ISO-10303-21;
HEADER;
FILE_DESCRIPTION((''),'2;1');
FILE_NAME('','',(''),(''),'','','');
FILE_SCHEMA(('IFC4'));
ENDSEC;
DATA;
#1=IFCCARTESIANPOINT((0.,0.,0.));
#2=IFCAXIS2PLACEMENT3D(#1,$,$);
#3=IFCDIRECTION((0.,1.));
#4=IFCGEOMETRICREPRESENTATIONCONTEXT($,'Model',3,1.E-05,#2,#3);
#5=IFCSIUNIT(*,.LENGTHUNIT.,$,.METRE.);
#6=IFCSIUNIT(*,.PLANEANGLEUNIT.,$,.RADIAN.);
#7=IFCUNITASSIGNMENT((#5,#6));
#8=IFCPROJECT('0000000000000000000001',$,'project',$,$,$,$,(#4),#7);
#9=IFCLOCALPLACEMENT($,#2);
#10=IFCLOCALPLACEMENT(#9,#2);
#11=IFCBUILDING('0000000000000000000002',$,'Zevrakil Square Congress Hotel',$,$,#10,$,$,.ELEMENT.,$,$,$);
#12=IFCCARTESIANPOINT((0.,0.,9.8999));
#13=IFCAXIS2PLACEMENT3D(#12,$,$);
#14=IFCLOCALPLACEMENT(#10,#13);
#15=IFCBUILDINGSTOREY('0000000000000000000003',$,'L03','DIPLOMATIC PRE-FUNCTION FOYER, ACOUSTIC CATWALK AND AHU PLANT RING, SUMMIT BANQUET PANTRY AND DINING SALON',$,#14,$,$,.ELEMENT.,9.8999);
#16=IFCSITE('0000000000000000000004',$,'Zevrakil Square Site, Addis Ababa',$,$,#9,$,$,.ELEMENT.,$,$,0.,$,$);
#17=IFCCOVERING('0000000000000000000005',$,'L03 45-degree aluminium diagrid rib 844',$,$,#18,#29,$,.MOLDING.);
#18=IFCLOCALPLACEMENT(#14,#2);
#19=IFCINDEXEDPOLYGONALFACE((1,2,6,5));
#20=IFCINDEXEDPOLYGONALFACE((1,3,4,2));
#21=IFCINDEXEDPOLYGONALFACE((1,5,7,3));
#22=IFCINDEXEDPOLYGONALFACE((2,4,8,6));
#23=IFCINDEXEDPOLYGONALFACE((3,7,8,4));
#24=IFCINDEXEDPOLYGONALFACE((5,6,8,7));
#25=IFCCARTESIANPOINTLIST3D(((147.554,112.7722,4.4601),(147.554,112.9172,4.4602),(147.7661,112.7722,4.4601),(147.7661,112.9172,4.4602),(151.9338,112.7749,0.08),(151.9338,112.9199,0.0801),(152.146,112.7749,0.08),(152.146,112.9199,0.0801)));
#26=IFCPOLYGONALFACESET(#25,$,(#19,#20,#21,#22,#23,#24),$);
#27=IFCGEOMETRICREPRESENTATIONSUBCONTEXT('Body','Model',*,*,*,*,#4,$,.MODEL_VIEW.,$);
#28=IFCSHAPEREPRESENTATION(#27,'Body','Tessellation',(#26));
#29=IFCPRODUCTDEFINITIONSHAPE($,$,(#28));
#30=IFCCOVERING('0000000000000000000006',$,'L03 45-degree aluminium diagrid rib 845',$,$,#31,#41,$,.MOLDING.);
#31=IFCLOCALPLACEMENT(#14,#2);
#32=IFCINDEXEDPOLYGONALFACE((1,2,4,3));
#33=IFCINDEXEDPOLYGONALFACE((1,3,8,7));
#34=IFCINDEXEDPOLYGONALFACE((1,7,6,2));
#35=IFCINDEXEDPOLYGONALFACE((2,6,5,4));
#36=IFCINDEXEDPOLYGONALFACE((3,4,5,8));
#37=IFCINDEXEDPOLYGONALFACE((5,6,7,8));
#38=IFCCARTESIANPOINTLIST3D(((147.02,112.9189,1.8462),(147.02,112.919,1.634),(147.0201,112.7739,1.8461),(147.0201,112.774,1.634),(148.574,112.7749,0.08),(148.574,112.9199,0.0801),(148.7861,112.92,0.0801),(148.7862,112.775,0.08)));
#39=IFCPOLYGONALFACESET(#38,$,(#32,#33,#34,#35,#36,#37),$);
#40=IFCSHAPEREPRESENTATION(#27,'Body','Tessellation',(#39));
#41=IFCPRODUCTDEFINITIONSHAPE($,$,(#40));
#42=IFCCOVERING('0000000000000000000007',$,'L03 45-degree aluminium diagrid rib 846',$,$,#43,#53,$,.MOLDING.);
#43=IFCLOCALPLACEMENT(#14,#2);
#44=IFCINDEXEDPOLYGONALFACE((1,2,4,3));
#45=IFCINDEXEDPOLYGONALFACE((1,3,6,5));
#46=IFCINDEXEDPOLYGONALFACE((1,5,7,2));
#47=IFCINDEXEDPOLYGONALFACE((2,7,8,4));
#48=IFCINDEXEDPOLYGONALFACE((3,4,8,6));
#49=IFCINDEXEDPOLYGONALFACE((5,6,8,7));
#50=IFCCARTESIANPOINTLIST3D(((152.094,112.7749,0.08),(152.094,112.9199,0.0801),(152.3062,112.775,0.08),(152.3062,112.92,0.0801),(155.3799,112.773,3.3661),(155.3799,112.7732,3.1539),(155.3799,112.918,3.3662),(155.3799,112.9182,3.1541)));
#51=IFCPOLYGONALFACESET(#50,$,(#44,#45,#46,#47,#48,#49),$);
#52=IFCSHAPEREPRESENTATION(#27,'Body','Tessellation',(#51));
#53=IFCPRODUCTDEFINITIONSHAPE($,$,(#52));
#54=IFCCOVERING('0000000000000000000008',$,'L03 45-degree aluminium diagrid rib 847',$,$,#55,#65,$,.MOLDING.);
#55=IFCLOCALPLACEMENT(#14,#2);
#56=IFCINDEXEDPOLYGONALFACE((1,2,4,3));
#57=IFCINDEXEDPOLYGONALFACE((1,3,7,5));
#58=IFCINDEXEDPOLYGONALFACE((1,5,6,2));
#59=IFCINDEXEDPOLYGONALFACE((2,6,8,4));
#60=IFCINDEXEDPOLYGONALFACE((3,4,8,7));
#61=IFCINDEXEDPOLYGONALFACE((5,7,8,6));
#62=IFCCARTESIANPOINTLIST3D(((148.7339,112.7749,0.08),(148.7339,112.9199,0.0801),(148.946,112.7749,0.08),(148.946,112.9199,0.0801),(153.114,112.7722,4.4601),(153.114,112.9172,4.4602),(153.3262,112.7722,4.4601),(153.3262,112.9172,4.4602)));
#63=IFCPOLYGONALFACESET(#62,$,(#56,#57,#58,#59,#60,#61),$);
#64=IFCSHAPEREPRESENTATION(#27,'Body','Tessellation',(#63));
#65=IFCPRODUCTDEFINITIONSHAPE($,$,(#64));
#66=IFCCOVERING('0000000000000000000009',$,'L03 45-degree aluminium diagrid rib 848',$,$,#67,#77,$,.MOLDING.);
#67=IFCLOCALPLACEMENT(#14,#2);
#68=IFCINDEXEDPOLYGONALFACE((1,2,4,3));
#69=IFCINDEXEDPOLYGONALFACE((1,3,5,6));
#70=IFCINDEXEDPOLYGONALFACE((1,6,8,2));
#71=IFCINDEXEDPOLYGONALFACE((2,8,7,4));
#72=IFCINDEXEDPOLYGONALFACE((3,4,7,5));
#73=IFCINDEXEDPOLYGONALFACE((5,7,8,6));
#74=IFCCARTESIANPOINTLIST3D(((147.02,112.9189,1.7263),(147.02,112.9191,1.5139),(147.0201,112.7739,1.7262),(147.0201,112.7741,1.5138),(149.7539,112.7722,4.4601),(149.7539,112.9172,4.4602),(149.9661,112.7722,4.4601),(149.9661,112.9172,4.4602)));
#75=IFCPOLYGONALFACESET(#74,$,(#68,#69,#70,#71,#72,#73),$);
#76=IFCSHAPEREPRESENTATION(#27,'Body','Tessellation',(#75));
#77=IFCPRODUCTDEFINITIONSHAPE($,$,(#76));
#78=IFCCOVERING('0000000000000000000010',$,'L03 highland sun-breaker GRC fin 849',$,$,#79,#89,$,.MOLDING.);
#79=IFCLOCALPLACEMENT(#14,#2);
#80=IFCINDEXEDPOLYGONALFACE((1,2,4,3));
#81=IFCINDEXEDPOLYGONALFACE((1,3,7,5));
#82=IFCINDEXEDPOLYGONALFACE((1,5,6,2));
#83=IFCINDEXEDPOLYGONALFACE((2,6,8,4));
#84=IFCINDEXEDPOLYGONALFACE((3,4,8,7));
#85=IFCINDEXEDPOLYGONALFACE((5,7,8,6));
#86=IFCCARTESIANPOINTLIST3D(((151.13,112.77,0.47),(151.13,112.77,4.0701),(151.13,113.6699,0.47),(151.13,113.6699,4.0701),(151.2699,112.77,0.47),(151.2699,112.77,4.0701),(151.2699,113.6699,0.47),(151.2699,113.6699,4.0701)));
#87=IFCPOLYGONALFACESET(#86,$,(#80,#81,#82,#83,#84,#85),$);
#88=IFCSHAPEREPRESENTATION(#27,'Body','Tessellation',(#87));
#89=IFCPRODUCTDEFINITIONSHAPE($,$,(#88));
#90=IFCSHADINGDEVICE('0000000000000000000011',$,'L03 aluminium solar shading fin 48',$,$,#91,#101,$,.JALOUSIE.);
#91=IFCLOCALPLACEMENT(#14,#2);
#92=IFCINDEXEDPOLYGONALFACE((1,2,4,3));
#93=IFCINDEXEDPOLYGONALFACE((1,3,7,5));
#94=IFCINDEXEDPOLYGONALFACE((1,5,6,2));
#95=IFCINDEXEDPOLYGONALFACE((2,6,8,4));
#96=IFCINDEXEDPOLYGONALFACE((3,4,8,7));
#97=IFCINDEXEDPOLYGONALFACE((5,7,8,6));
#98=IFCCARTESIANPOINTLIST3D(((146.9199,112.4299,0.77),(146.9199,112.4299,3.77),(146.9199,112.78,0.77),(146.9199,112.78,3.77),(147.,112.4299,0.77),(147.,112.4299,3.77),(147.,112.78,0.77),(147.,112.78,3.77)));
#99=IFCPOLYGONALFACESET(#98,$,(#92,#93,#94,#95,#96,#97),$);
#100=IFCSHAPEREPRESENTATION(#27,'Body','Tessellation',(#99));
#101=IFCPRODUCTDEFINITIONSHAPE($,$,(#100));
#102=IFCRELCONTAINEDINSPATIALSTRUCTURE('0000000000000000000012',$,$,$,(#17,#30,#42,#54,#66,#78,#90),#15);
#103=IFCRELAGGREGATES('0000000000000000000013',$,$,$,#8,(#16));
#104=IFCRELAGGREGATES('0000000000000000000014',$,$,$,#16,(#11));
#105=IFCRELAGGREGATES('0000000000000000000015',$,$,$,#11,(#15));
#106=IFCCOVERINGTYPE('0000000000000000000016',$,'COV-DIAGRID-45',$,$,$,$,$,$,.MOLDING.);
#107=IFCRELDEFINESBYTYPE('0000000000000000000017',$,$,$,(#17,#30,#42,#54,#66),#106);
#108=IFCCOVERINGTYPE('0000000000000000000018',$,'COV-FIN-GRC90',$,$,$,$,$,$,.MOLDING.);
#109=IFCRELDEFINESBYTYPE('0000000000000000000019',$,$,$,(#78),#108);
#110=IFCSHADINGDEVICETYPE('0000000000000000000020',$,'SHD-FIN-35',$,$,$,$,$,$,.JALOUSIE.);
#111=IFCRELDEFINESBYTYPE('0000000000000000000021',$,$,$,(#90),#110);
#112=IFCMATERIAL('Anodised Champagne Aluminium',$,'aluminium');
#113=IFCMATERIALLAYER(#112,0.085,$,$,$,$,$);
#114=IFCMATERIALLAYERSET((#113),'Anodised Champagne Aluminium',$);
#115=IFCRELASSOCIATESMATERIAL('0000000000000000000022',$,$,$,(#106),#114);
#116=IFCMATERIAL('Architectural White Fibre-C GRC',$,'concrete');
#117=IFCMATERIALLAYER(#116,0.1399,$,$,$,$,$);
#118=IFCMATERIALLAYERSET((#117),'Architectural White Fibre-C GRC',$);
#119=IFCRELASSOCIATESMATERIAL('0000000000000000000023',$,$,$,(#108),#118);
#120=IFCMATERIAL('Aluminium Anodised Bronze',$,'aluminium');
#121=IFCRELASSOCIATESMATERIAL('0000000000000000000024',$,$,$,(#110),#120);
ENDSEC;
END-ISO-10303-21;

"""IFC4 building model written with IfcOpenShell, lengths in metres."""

from ifc_helpers import new_model, si_unit, direction, frame, origin, origin_2d, place, context, subcontext, project, spatial, polyline, rectangle, outline, extrude, material, layer, layer_set, type_object, element, save


model = new_model("IFC4")

# Units and contexts
model_context = context("Model", 3, precision=1e-05, world=origin(), true_north=direction((0.0, 1.0)))
body_context = subcontext(model_context, "Body", "Model", "MODEL_VIEW")
ifc_project = project(units=[si_unit("LENGTHUNIT", "METRE"), si_unit("PLANEANGLEUNIT", "RADIAN")], contexts=[model_context])

# Site, building, storey
site_placement = place(None, origin())
site = spatial("IfcSite", under=ifc_project, at=site_placement, Name="Zevrakil Square Site, Addis Ababa", CompositionType="ELEMENT", RefElevation=0.0)
building_placement = place(site_placement, origin())
building = spatial("IfcBuilding", under=site, at=building_placement, Name="Zevrakil Square Congress Hotel", CompositionType="ELEMENT")
storey_placement = place(building_placement, frame((0.0, 0.0, 9.8999)))
storey = spatial("IfcBuildingStorey", under=building, at=storey_placement, Name="L03", Description="DIPLOMATIC PRE-FUNCTION FOYER, ACOUSTIC CATWALK AND AHU PLANT RING, SUMMIT BANQUET PANTRY AND DINING SALON", CompositionType="ELEMENT", Elevation=9.8999)

# Coverings
ifc_material_1 = material(Name="Anodised Champagne Aluminium", Category="aluminium")
ifc_layer_1 = layer(ifc_material_1, 0.085)
ifc_layer_set_1 = layer_set([ifc_layer_1], Name="Anodised Champagne Aluminium")
covering_type_1 = type_object("IfcCoveringType", Name="COV-DIAGRID-45", PredefinedType="MOLDING", material=ifc_layer_set_1)
covering_1_placement = place(storey_placement, frame((151.9338, 112.9199, 0.0801), z_axis=(0.0, 1.0, 0.000613), x_axis=(1.0, 0.0, 0.0)))
element("IfcCovering", 1, at=covering_1_placement, inside=storey, type_object=covering_type_1, Name="L03 45-degree aluminium diagrid rib 844", PredefinedType="MOLDING", context=body_context, shape_type="SweptSolid", body=[
    extrude(outline(polyline([(0.0, 0.0), (0.2122, 0.0), (-4.1677, -4.3801), (-4.3799, -4.3801), (0.0, 0.0)])), origin(), (0.0, 0.0, -1.0), 0.145),
])
covering_2_placement = place(storey_placement, frame((148.574, 112.9199, 0.0801), z_axis=(-0.000294, 1.0, 0.000294), x_axis=(1.0, 0.000294, 0.0)))
element("IfcCovering", 2, at=covering_2_placement, inside=storey, type_object=covering_type_1, Name="L03 45-degree aluminium diagrid rib 845", PredefinedType="MOLDING", context=body_context, shape_type="SweptSolid", body=[
    extrude(outline(polyline([(0.0, 0.0), (0.2122, 0.0), (-1.554, -1.7661), (-1.554, -1.554), (0.0, 0.0)])), origin(), (0.0, 0.0, -1.0), 0.145),
])
covering_3_placement = place(storey_placement, frame((155.3799, 112.9182, 3.1541), z_axis=(-0.000287, 1.0, 0.000863), x_axis=(0.0, -0.000863, 1.0)))
element("IfcCovering", 3, at=covering_3_placement, inside=storey, type_object=covering_type_1, Name="L03 45-degree aluminium diagrid rib 846", PredefinedType="MOLDING", context=body_context, shape_type="SweptSolid", body=[
    extrude(outline(polyline([(0.0, 0.0), (0.2122, 0.0), (-3.074, -3.2859), (-3.074, -3.0737), (0.0, 0.0)])), origin(), (0.0, 0.0, -1.0), 0.145),
])
covering_4_placement = place(storey_placement, frame((153.3262, 112.9172, 4.4602), z_axis=(0.0, 1.0, 0.000613), x_axis=(-1.0, 0.0, 0.0)))
element("IfcCovering", 4, at=covering_4_placement, inside=storey, type_object=covering_type_1, Name="L03 45-degree aluminium diagrid rib 847", PredefinedType="MOLDING", context=body_context, shape_type="SweptSolid", body=[
    extrude(outline(polyline([(0.0, 0.0), (0.2122, 0.0), (4.5923, -4.3801), (4.3801, -4.3801), (0.0, 0.0)])), origin(), (0.0, 0.0, -1.0), 0.145),
])
covering_5_placement = place(storey_placement, frame((149.9661, 112.9172, 4.4602), z_axis=(-0.000253, 1.0, 0.000897), x_axis=(-1.0, -0.000253, 0.0)))
element("IfcCovering", 5, at=covering_5_placement, inside=storey, type_object=covering_type_1, Name="L03 45-degree aluminium diagrid rib 848", PredefinedType="MOLDING", context=body_context, shape_type="SweptSolid", body=[
    extrude(outline(polyline([(0.0, 0.0), (0.2122, 0.0), (2.946, -2.7339), (2.946, -2.9463), (0.0, 0.0)])), origin(), (0.0, 0.0, -1.0), 0.145),
])
ifc_material_2 = material(Name="Architectural White Fibre-C GRC", Category="concrete")
ifc_layer_2 = layer(ifc_material_2, 0.1399)
ifc_layer_set_2 = layer_set([ifc_layer_2], Name="Architectural White Fibre-C GRC")
covering_type_2 = type_object("IfcCoveringType", Name="COV-FIN-GRC90", PredefinedType="MOLDING", material=ifc_layer_set_2)
covering_6_placement = place(storey_placement, frame((151.2, 113.22, 0.47), z_axis=(0.0, 0.0, 1.0), x_axis=(0.0, 1.0, 0.0)))
element("IfcCovering", 6, at=covering_6_placement, inside=storey, type_object=covering_type_2, Name="L03 highland sun-breaker GRC fin 849", PredefinedType="MOLDING", context=body_context, shape_type="SweptSolid", body=[
    extrude(rectangle(XDim=0.8999, YDim=0.1399, at=origin_2d()), origin(), (0.0, 0.0, 1.0), 3.6001),
])

# Shading device
ifc_material_3 = material(Name="Aluminium Anodised Bronze", Category="aluminium")
shading_device_type = type_object("IfcShadingDeviceType", Name="SHD-FIN-35", PredefinedType="JALOUSIE", material=ifc_material_3)
shading_device_placement = place(storey_placement, frame((146.96, 112.605, 0.77), z_axis=(0.0, 0.0, 1.0), x_axis=(0.0, -1.0, 0.0)))
element("IfcShadingDevice", 7, at=shading_device_placement, inside=storey, type_object=shading_device_type, Name="L03 aluminium solar shading fin 48", PredefinedType="JALOUSIE", context=body_context, shape_type="SweptSolid", body=[
    extrude(rectangle(XDim=0.3501, YDim=0.0801, at=origin_2d()), origin(), (0.0, 0.0, 1.0), 3.0),
])

save(model, "model.ifc")
